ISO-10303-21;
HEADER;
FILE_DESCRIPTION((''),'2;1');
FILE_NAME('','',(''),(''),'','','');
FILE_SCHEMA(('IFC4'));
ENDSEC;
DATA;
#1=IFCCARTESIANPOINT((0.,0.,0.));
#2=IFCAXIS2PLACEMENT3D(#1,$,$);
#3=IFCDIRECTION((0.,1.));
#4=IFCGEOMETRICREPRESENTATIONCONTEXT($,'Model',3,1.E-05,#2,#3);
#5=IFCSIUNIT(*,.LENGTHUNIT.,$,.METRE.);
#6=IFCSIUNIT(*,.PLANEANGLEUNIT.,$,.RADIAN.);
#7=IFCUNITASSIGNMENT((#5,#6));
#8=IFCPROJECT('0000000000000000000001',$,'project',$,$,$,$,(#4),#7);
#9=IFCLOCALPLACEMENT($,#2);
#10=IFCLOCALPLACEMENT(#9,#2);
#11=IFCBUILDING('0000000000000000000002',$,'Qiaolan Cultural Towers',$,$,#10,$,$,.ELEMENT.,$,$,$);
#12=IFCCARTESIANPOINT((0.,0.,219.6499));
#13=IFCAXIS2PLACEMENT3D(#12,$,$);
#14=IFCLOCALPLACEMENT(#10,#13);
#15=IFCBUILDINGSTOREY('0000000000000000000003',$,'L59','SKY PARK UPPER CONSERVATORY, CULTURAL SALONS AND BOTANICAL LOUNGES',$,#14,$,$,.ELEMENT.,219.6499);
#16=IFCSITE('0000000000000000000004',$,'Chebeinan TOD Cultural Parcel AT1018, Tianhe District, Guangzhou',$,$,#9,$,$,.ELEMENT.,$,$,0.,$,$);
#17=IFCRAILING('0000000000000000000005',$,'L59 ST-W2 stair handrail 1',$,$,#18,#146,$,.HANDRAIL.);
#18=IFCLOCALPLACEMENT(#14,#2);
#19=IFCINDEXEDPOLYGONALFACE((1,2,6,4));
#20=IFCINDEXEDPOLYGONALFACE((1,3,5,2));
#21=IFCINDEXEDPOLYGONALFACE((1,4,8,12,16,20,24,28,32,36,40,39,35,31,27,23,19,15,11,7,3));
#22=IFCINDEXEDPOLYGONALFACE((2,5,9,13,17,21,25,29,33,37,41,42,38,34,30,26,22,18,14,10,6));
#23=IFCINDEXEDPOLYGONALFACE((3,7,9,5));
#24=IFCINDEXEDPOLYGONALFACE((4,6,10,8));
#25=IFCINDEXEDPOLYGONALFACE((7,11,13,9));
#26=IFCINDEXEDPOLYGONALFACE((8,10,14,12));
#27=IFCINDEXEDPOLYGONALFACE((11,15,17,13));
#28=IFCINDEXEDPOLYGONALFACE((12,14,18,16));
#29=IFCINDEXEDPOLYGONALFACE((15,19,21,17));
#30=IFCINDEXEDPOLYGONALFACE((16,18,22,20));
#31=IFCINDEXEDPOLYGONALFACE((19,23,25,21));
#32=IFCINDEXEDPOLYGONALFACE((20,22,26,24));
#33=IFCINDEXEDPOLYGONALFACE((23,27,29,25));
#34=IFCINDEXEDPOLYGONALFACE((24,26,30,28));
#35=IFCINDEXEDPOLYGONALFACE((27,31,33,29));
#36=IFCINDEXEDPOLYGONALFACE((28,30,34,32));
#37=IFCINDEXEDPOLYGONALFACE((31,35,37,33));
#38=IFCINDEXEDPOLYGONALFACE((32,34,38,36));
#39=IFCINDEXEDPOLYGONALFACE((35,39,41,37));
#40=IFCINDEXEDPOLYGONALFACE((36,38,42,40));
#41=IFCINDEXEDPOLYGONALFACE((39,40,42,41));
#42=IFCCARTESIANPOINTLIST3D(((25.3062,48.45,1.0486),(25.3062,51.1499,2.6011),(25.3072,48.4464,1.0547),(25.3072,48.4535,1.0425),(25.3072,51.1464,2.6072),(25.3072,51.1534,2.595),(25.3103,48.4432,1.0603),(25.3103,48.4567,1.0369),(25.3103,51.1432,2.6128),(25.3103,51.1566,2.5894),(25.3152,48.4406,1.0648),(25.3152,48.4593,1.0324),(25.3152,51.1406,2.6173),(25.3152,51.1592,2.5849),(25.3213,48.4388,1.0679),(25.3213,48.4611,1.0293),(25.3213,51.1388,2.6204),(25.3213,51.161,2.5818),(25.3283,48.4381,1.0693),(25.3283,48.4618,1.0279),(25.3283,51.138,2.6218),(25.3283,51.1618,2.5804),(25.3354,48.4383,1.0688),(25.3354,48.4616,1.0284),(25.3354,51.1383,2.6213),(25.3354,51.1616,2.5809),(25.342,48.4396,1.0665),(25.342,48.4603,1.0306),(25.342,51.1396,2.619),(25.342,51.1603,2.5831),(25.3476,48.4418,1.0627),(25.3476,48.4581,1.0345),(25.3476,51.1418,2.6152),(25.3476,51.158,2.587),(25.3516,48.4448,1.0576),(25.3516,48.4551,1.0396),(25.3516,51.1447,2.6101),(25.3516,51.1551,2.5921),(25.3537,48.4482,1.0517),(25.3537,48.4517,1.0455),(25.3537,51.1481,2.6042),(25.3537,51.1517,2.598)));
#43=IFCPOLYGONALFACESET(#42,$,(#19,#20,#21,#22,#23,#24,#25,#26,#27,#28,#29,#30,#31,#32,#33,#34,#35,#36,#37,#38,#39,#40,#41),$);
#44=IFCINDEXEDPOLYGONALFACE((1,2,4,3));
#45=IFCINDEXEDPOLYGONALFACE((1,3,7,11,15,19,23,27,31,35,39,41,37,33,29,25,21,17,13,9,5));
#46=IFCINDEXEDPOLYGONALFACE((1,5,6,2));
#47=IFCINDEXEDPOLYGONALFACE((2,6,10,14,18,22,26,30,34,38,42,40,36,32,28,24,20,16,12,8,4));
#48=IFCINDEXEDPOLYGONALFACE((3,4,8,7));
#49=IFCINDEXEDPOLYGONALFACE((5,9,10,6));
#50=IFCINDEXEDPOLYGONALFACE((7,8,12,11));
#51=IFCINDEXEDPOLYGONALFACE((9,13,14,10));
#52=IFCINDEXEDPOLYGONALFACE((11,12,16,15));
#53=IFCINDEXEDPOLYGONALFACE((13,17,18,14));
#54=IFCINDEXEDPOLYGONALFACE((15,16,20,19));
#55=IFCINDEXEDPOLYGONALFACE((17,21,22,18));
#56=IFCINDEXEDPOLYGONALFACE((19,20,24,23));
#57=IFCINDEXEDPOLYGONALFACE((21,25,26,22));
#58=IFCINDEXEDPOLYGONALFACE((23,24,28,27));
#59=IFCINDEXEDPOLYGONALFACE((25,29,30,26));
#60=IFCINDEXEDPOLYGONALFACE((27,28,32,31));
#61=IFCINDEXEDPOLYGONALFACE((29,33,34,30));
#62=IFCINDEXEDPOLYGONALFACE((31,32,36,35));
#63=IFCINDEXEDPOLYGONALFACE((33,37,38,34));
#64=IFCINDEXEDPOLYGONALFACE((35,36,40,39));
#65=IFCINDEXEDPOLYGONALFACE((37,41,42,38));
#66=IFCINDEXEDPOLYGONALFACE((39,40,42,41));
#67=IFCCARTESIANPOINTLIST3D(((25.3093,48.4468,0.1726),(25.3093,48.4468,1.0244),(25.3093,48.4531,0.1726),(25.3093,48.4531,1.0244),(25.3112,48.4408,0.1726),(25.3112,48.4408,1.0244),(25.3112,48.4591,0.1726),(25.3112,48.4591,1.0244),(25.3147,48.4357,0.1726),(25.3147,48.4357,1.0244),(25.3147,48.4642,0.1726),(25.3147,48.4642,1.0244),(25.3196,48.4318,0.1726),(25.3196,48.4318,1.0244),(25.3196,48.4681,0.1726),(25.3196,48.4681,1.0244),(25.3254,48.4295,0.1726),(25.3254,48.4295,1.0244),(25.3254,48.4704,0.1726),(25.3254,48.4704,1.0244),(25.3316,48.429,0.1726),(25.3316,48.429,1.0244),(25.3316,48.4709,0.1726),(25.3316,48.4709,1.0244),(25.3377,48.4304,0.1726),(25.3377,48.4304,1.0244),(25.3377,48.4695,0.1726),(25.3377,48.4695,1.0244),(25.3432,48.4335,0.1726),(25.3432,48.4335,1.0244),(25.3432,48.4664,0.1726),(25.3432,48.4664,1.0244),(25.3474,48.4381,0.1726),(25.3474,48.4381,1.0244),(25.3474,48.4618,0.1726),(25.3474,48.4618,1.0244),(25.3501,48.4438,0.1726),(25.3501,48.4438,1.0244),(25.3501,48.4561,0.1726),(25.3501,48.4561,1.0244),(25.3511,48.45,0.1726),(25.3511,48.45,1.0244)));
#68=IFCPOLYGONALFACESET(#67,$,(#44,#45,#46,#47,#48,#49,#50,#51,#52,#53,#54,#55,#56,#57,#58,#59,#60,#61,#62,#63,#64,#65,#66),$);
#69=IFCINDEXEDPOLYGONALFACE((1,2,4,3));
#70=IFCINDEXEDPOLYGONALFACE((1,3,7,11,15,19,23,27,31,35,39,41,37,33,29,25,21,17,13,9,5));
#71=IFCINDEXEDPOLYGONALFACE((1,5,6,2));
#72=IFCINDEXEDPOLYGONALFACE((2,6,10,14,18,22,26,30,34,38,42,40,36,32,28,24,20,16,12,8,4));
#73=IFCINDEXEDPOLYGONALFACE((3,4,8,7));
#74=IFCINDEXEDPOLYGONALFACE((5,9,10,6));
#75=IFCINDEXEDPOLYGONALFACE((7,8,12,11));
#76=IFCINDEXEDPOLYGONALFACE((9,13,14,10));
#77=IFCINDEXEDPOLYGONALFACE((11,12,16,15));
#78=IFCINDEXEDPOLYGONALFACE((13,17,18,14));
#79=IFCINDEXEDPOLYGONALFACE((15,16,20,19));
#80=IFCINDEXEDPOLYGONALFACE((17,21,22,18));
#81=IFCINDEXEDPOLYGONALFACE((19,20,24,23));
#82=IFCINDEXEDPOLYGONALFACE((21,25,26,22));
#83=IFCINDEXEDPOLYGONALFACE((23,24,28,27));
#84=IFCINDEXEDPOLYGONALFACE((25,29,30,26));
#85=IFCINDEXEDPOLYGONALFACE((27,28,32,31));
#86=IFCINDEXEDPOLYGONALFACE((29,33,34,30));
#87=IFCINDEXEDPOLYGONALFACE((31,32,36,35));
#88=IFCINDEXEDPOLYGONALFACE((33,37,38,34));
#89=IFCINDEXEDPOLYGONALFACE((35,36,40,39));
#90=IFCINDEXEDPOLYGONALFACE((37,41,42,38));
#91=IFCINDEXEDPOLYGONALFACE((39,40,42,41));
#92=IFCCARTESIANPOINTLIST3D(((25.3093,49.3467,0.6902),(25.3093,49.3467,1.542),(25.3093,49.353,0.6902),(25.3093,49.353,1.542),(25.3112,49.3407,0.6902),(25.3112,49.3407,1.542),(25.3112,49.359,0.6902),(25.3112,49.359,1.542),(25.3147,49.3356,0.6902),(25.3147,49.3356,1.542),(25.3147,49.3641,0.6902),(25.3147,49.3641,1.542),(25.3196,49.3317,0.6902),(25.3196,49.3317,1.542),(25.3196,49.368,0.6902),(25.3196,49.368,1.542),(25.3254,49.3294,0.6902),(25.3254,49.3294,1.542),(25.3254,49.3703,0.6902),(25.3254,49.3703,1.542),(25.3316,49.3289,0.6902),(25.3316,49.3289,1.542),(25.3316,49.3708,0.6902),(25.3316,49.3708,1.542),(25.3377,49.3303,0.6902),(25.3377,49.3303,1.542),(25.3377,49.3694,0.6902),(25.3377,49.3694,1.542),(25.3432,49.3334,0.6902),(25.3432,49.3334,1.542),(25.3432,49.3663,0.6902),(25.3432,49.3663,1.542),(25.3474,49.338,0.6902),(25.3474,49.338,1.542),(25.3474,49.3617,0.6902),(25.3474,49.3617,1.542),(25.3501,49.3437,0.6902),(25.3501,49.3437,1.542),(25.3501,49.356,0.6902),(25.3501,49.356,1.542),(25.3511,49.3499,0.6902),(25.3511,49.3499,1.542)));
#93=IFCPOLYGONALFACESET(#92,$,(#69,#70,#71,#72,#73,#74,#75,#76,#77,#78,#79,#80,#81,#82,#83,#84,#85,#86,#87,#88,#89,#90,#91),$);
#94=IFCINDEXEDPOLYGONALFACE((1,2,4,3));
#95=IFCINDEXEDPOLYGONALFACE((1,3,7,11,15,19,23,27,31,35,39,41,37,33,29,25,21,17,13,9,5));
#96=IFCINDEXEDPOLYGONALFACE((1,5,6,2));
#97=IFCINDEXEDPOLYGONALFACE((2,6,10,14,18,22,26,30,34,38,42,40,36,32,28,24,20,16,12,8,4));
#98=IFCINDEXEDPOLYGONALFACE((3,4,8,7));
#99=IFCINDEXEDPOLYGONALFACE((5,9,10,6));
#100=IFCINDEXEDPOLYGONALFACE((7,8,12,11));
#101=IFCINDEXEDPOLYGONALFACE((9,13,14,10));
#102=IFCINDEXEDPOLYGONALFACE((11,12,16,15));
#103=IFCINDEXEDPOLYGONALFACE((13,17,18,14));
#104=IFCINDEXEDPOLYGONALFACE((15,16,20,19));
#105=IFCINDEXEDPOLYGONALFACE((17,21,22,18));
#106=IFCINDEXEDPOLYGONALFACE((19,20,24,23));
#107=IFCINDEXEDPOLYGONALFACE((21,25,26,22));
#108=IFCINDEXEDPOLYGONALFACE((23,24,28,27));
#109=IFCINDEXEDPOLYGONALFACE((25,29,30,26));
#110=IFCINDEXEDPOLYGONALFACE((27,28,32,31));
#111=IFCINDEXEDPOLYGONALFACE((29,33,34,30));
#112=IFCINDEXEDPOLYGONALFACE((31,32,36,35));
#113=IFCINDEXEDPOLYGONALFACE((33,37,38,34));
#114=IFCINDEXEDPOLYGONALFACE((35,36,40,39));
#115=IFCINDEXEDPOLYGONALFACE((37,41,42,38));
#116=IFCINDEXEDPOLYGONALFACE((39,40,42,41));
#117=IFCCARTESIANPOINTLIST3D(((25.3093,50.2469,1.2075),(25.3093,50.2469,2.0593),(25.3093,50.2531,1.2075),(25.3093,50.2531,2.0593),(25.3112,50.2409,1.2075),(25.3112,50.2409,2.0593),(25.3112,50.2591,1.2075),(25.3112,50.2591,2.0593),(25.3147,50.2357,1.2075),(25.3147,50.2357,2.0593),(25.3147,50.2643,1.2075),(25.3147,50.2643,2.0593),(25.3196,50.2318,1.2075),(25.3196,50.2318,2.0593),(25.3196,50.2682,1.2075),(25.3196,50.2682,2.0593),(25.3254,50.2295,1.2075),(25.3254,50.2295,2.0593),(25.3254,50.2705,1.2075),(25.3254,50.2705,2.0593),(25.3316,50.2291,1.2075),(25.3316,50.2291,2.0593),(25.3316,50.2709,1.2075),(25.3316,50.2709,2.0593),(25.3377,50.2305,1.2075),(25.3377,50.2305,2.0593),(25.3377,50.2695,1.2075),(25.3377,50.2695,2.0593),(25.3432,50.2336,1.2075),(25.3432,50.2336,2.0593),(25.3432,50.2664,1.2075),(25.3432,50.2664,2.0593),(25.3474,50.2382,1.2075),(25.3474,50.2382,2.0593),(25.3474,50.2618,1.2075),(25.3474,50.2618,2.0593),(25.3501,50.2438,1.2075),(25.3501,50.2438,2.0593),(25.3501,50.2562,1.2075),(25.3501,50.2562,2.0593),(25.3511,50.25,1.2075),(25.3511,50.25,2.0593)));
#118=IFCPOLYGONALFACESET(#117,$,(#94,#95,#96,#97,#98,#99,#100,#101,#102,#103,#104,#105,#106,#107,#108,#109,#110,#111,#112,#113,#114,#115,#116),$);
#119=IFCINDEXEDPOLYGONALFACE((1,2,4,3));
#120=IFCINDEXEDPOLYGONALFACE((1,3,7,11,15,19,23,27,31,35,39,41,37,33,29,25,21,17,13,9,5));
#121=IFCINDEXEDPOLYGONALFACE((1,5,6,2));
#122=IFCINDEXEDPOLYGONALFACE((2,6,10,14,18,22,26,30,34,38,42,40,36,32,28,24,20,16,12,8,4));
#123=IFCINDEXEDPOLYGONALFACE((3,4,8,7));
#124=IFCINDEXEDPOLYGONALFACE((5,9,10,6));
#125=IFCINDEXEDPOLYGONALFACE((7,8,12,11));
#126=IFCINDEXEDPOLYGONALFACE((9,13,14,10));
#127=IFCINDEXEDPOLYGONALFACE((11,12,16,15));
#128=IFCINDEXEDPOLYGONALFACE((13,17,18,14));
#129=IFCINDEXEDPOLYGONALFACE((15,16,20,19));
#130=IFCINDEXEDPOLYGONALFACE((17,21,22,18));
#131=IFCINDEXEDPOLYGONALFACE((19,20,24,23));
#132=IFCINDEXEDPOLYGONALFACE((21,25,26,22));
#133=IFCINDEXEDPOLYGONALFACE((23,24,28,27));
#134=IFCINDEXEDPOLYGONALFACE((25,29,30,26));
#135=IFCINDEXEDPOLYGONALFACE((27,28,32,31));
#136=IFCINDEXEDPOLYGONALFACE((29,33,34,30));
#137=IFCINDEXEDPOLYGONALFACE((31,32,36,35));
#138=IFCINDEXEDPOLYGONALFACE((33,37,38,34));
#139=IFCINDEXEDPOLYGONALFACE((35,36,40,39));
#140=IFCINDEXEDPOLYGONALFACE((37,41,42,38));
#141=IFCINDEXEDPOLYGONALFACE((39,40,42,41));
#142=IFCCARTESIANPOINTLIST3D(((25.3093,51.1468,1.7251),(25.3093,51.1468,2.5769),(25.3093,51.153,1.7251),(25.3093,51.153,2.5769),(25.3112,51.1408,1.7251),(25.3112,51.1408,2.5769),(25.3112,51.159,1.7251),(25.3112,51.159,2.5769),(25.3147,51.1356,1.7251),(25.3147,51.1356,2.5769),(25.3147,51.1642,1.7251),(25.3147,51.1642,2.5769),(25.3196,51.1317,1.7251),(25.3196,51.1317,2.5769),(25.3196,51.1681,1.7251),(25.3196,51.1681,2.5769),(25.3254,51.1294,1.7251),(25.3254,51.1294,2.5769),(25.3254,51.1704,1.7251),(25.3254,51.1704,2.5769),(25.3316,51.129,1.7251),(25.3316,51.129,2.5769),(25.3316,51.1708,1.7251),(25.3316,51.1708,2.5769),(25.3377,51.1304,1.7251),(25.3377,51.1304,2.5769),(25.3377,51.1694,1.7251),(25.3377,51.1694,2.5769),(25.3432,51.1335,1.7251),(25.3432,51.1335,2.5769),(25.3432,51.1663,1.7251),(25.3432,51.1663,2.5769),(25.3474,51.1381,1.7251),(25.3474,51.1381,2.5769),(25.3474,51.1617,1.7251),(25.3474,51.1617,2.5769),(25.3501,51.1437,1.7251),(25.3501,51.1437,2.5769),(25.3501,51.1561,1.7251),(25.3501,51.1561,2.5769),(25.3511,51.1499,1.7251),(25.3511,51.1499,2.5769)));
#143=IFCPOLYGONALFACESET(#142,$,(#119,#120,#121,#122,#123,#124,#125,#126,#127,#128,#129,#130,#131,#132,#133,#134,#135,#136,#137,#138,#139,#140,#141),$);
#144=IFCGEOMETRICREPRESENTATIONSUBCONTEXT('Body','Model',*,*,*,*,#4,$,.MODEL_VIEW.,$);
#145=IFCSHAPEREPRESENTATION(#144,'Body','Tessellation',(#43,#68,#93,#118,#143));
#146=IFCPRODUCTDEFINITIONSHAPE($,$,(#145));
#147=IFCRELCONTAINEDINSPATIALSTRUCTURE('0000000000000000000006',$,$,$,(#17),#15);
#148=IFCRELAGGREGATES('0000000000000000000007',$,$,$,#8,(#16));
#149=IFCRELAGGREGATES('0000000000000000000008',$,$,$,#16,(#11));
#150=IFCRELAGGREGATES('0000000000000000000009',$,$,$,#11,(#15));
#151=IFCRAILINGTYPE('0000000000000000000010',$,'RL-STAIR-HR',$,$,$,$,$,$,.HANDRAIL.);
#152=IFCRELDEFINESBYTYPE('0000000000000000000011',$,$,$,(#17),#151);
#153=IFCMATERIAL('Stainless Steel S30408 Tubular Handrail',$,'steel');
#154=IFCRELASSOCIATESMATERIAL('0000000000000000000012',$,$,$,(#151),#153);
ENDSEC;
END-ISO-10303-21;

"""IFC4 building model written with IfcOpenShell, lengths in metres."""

from ifc_helpers import new_model, si_unit, direction, frame, origin, origin_2d, place, context, subcontext, project, spatial, circle, extrude, material, type_object, element, save


model = new_model("IFC4")

# Units and contexts
model_context = context("Model", 3, precision=1e-05, world=origin(), true_north=direction((0.0, 1.0)))
body_context = subcontext(model_context, "Body", "Model", "MODEL_VIEW")
ifc_project = project(units=[si_unit("LENGTHUNIT", "METRE"), si_unit("PLANEANGLEUNIT", "RADIAN")], contexts=[model_context])

# Site, building, storey
site_placement = place(None, origin())
site = spatial("IfcSite", under=ifc_project, at=site_placement, Name="Chebeinan TOD Cultural Parcel AT1018, Tianhe District, Guangzhou", CompositionType="ELEMENT", RefElevation=0.0)
building_placement = place(site_placement, origin())
building = spatial("IfcBuilding", under=site, at=building_placement, Name="Qiaolan Cultural Towers", CompositionType="ELEMENT")
storey_placement = place(building_placement, frame((0.0, 0.0, 219.6499)))
storey = spatial("IfcBuildingStorey", under=building, at=storey_placement, Name="L59", Description="SKY PARK UPPER CONSERVATORY, CULTURAL SALONS AND BOTANICAL LOUNGES", CompositionType="ELEMENT", Elevation=219.6499)

# Railing
ifc_material_1 = material(Name="Stainless Steel S30408 Tubular Handrail", Category="steel")
railing_type_1 = type_object("IfcRailingType", Name="RL-STAIR-HR", PredefinedType="HANDRAIL", material=ifc_material_1)
railing_1_placement = place(storey_placement, frame((25.3301, 48.45, 0.1726)))
element("IfcRailing", 1, at=railing_1_placement, inside=storey, type_object=railing_type_1, Name="L59 ST-W2 stair handrail 1", PredefinedType="HANDRAIL", context=body_context, shape_type="SweptSolid", body=[
    extrude(circle(Radius=0.0239, at=origin_2d()), frame((0.0, 0.0, 0.876), z_axis=(0.0, 0.866904, 0.498476), x_axis=(-1.0, 0.0, 0.0)), (0.0, 0.0, 1.0), 3.1145),
    extrude(circle(Radius=0.021, at=origin_2d()), origin(), (0.0, 0.0, 1.0), 0.8518),
    extrude(circle(Radius=0.021, at=origin_2d()), frame((0.0, 0.8999, 0.5176)), (0.0, 0.0, 1.0), 0.8518),
    extrude(circle(Radius=0.021, at=origin_2d()), frame((0.0, 1.8, 1.0349)), (0.0, 0.0, 1.0), 0.8518),
    extrude(circle(Radius=0.021, at=origin_2d()), frame((0.0, 2.7, 1.5525)), (0.0, 0.0, 1.0), 0.8518),
])

save(model, "model.ifc")
